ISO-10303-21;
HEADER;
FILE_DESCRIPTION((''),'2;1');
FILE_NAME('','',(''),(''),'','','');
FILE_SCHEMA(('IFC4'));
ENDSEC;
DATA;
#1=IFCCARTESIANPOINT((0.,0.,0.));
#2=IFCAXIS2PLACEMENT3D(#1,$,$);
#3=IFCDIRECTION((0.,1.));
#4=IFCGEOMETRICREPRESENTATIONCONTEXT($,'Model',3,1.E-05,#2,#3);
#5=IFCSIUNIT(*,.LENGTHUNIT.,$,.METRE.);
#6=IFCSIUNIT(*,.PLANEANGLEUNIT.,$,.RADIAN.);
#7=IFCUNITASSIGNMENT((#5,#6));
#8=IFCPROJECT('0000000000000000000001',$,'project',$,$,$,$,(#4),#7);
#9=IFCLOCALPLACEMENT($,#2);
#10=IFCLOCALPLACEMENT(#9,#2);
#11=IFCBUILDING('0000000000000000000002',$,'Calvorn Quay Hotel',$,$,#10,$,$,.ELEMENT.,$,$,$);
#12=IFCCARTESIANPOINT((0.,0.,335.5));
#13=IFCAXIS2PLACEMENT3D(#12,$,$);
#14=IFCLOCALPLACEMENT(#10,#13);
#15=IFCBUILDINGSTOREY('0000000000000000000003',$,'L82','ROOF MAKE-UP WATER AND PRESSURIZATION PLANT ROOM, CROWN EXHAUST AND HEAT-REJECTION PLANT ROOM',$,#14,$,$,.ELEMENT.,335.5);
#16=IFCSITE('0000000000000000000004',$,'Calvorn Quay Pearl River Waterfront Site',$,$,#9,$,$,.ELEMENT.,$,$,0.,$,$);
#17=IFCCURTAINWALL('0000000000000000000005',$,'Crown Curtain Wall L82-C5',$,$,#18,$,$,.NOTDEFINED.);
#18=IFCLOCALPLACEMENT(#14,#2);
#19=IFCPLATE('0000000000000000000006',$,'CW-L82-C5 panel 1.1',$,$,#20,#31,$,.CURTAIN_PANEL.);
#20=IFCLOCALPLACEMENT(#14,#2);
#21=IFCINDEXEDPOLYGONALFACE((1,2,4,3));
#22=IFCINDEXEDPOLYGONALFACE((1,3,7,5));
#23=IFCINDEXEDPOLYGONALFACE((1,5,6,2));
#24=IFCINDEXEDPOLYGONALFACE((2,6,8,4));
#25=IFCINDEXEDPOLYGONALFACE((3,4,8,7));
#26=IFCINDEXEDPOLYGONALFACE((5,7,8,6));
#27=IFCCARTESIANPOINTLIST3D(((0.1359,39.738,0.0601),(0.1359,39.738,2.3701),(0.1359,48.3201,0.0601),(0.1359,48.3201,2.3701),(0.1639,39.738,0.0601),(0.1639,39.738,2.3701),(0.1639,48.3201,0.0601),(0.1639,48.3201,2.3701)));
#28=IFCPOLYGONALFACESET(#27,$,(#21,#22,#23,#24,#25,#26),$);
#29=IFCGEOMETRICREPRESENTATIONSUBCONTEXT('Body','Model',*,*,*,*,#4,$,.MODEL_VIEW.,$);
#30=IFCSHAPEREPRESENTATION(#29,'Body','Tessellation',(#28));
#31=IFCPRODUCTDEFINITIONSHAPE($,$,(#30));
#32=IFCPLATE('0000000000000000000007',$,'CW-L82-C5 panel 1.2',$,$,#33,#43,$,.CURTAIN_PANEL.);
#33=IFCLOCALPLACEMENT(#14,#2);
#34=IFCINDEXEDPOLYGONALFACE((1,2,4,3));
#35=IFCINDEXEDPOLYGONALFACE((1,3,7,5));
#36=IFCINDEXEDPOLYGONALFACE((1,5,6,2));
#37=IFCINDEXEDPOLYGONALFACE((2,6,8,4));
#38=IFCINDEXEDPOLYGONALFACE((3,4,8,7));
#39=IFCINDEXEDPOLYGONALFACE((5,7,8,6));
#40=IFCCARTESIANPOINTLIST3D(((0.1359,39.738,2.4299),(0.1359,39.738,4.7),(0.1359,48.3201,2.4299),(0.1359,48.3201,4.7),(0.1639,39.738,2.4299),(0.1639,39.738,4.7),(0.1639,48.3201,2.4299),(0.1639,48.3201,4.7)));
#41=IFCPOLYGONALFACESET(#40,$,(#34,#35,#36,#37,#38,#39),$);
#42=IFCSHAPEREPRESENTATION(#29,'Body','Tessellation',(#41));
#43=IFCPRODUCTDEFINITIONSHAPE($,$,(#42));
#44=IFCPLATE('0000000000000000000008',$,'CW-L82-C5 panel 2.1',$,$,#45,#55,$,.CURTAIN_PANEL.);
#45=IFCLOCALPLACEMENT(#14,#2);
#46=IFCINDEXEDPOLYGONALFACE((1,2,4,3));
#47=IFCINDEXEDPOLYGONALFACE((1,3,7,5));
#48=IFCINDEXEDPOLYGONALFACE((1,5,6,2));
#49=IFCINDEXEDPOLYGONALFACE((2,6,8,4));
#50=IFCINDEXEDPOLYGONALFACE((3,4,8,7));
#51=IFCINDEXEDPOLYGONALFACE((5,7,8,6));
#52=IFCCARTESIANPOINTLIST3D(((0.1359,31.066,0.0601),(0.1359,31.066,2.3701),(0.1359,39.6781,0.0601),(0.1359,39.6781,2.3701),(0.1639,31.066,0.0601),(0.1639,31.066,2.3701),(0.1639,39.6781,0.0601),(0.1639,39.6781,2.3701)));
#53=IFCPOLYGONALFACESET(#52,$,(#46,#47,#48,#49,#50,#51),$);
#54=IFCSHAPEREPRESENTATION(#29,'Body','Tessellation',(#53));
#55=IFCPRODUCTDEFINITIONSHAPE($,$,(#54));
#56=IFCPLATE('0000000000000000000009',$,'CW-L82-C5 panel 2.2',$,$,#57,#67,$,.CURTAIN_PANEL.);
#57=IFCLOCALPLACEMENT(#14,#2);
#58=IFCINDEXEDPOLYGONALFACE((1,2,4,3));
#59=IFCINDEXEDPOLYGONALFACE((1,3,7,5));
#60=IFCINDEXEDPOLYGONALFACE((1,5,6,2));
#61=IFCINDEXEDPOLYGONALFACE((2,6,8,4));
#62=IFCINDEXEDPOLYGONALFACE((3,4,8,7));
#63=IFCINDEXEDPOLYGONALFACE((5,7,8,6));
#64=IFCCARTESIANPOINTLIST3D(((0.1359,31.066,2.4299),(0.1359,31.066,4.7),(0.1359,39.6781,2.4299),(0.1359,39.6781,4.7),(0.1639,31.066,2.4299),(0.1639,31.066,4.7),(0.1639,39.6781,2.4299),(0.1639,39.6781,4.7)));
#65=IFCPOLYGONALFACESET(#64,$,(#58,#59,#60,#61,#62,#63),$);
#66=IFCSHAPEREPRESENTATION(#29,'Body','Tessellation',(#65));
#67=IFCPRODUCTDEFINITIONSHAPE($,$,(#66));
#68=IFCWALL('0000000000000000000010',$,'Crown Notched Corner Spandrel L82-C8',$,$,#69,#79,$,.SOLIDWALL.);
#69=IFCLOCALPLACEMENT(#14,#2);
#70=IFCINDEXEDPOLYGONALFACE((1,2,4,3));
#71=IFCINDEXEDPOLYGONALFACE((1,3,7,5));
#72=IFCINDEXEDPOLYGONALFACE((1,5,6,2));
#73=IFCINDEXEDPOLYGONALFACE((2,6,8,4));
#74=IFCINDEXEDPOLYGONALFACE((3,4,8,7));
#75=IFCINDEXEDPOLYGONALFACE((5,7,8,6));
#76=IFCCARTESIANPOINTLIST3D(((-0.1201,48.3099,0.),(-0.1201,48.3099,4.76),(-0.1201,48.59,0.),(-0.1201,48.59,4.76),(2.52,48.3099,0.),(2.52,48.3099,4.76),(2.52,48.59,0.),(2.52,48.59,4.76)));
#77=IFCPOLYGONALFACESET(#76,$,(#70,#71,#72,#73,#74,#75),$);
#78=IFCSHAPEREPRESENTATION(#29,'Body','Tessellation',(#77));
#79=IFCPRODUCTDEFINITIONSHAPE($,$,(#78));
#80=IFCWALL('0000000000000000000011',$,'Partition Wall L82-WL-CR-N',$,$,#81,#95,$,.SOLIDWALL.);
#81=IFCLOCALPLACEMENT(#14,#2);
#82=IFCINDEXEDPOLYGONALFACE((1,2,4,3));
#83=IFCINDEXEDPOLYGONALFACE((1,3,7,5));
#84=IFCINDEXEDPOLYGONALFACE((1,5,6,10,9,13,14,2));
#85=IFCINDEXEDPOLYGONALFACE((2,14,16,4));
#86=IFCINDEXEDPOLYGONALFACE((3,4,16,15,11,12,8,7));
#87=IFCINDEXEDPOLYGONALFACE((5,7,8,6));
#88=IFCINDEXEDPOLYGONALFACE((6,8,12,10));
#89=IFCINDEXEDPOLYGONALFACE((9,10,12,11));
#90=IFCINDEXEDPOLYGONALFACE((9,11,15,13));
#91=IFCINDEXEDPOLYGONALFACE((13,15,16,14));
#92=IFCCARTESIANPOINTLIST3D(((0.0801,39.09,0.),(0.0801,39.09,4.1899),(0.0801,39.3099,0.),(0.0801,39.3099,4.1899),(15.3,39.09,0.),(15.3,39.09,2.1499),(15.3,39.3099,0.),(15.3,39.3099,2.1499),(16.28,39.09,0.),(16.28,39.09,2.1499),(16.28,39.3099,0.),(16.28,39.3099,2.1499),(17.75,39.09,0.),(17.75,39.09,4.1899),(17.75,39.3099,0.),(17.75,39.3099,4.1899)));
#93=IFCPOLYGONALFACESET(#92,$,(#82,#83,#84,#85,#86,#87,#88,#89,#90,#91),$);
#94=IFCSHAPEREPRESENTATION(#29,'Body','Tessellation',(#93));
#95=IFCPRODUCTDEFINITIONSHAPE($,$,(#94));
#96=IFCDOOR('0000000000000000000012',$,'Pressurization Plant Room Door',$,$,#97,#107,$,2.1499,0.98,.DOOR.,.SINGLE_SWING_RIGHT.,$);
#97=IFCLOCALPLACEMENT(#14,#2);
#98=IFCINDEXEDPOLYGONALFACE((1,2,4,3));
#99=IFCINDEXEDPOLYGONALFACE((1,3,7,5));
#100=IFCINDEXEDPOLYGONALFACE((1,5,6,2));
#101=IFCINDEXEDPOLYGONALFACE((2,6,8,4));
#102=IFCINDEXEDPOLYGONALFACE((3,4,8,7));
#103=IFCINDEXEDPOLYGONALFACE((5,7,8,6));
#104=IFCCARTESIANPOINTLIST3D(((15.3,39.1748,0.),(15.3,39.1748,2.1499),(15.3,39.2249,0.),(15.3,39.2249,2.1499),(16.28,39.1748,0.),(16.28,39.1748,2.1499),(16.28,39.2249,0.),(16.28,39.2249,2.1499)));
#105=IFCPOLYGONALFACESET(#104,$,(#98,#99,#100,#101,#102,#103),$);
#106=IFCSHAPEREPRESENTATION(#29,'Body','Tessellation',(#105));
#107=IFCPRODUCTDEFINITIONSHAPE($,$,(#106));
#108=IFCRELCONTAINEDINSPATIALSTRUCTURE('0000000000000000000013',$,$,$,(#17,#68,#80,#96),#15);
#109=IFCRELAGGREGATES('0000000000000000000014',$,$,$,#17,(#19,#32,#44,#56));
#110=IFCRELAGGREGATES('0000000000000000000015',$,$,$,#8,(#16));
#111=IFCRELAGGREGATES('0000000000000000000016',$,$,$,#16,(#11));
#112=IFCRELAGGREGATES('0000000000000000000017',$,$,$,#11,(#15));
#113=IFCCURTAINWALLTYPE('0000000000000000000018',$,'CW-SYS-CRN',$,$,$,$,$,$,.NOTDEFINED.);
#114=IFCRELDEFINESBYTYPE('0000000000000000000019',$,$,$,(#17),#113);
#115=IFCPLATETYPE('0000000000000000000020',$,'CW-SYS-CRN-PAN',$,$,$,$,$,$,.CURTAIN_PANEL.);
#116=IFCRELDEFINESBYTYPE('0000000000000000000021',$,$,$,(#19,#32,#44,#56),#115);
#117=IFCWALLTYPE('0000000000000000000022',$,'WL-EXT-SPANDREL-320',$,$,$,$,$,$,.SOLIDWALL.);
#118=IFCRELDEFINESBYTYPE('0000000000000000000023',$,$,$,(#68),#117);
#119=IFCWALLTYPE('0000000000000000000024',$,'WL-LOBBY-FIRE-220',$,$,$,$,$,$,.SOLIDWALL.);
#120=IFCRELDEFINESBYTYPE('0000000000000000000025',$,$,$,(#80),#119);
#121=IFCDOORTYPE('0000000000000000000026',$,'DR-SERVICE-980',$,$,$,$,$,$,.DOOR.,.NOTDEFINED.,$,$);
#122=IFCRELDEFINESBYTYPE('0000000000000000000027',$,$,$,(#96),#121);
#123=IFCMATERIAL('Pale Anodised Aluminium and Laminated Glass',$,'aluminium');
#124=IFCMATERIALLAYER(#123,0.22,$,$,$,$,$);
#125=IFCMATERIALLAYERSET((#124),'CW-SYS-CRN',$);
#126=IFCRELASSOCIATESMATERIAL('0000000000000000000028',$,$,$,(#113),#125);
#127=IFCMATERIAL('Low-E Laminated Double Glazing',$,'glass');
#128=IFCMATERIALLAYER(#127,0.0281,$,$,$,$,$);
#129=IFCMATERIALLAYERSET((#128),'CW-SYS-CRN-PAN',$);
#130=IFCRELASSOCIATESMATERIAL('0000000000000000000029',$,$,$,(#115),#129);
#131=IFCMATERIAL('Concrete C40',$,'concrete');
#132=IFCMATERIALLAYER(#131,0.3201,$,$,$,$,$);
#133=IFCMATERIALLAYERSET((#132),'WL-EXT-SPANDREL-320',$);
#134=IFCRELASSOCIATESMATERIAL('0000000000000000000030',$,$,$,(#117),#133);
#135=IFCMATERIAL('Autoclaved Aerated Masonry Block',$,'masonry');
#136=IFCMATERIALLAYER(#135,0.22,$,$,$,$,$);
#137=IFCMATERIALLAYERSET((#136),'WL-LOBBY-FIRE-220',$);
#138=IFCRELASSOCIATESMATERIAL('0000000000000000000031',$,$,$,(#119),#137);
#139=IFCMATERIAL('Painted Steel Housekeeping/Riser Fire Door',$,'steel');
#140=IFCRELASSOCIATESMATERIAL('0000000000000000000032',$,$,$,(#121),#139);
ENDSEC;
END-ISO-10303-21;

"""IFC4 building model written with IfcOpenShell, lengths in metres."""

from ifc_helpers import new_model, si_unit, direction, frame, frame_2d, origin, origin_2d, place, context, subcontext, project, spatial, rectangle, extrude, material, layer, layer_set, type_object, element, fill, aggregate, save


model = new_model("IFC4")

# Units and contexts
model_context = context("Model", 3, precision=1e-05, world=origin(), true_north=direction((0.0, 1.0)))
body_context = subcontext(model_context, "Body", "Model", "MODEL_VIEW")
ifc_project = project(units=[si_unit("LENGTHUNIT", "METRE"), si_unit("PLANEANGLEUNIT", "RADIAN")], contexts=[model_context])

# Site, building, storey
site_placement = place(None, origin())
site = spatial("IfcSite", under=ifc_project, at=site_placement, Name="Calvorn Quay Pearl River Waterfront Site", CompositionType="ELEMENT", RefElevation=0.0)
building_placement = place(site_placement, origin())
building = spatial("IfcBuilding", under=site, at=building_placement, Name="Calvorn Quay Hotel", CompositionType="ELEMENT")
storey_placement = place(building_placement, frame((0.0, 0.0, 335.5)))
storey = spatial("IfcBuildingStorey", under=building, at=storey_placement, Name="L82", Description="ROOF MAKE-UP WATER AND PRESSURIZATION PLANT ROOM, CROWN EXHAUST AND HEAT-REJECTION PLANT ROOM", CompositionType="ELEMENT", Elevation=335.5)

# Curtain wall, plates
ifc_material_1 = material(Name="Pale Anodised Aluminium and Laminated Glass", Category="aluminium")
ifc_layer_1 = layer(ifc_material_1, 0.22)
ifc_layer_set_1 = layer_set([ifc_layer_1], Name="CW-SYS-CRN")
curtain_wall_type = type_object("IfcCurtainWallType", Name="CW-SYS-CRN", PredefinedType="NOTDEFINED", material=ifc_layer_set_1)
curtain_wall_placement = place(storey_placement, origin())
curtain_wall = element("IfcCurtainWall", 1, at=curtain_wall_placement, inside=storey, type_object=curtain_wall_type, Name="Crown Curtain Wall L82-C5", PredefinedType="NOTDEFINED")
ifc_material_2 = material(Name="Low-E Laminated Double Glazing", Category="glass")
ifc_layer_2 = layer(ifc_material_2, 0.0281)
ifc_layer_set_2 = layer_set([ifc_layer_2], Name="CW-SYS-CRN-PAN")
plate_type = type_object("IfcPlateType", Name="CW-SYS-CRN-PAN", PredefinedType="CURTAIN_PANEL", material=ifc_layer_set_2)
plate_1_placement = place(storey_placement, frame((0.1499, 44.0291, 0.0601), z_axis=(0.0, 0.0, 1.0), x_axis=(0.0, -1.0, 0.0)))
plate_1 = element("IfcPlate", 2, at=plate_1_placement, type_object=plate_type, Name="CW-L82-C5 panel 1.1", PredefinedType="CURTAIN_PANEL", context=body_context, shape_type="SweptSolid", body=[
    extrude(rectangle(XDim=8.582, YDim=0.0281, at=origin_2d()), origin(), (0.0, 0.0, 1.0), 2.3101),
])
plate_2_placement = place(storey_placement, frame((0.1499, 44.0291, 2.4299), z_axis=(0.0, 0.0, 1.0), x_axis=(0.0, -1.0, 0.0)))
plate_2 = element("IfcPlate", 3, at=plate_2_placement, type_object=plate_type, Name="CW-L82-C5 panel 1.2", PredefinedType="CURTAIN_PANEL", context=body_context, shape_type="SweptSolid", body=[
    extrude(rectangle(XDim=8.582, YDim=0.0281, at=origin_2d()), origin(), (0.0, 0.0, 1.0), 2.27),
])
plate_3_placement = place(storey_placement, frame((0.1499, 35.3721, 0.0601), z_axis=(0.0, 0.0, 1.0), x_axis=(0.0, -1.0, 0.0)))
plate_3 = element("IfcPlate", 4, at=plate_3_placement, type_object=plate_type, Name="CW-L82-C5 panel 2.1", PredefinedType="CURTAIN_PANEL", context=body_context, shape_type="SweptSolid", body=[
    extrude(rectangle(XDim=8.6121, YDim=0.0281, at=origin_2d()), origin(), (0.0, 0.0, 1.0), 2.3101),
])
plate_4_placement = place(storey_placement, frame((0.1499, 35.3721, 2.4299), z_axis=(0.0, 0.0, 1.0), x_axis=(0.0, -1.0, 0.0)))
plate_4 = element("IfcPlate", 5, at=plate_4_placement, type_object=plate_type, Name="CW-L82-C5 panel 2.2", PredefinedType="CURTAIN_PANEL", context=body_context, shape_type="SweptSolid", body=[
    extrude(rectangle(XDim=8.6121, YDim=0.0281, at=origin_2d()), origin(), (0.0, 0.0, 1.0), 2.27),
])
aggregate(curtain_wall, [plate_1, plate_2, plate_3, plate_4])

# Wall
ifc_material_3 = material(Name="Concrete C40", Category="concrete")
ifc_layer_3 = layer(ifc_material_3, 0.3201)
ifc_layer_set_3 = layer_set([ifc_layer_3], Name="WL-EXT-SPANDREL-320")
wall_type_1 = type_object("IfcWallType", Name="WL-EXT-SPANDREL-320", PredefinedType="SOLIDWALL", material=ifc_layer_set_3)
wall_1_placement = place(storey_placement, frame((2.52, 48.45, 0.0), z_axis=(0.0, 0.0, 1.0), x_axis=(-1.0, 0.0, 0.0)))
element("IfcWall", 6, at=wall_1_placement, inside=storey, type_object=wall_type_1, Name="Crown Notched Corner Spandrel L82-C8", PredefinedType="SOLIDWALL", context=body_context, shape_type="SweptSolid", body=[
    extrude(rectangle(XDim=2.6401, YDim=0.28, at=frame_2d((1.3201, 0.0))), origin(), (0.0, 0.0, 1.0), 4.76),
])

# Wall, opening, door
ifc_material_4 = material(Name="Autoclaved Aerated Masonry Block", Category="masonry")
ifc_layer_4 = layer(ifc_material_4, 0.22)
ifc_layer_set_4 = layer_set([ifc_layer_4], Name="WL-LOBBY-FIRE-220")
wall_type_2 = type_object("IfcWallType", Name="WL-LOBBY-FIRE-220", PredefinedType="SOLIDWALL", material=ifc_layer_set_4)
wall_2_placement = place(storey_placement, frame((0.0801, 39.2, 0.0), z_axis=(0.0, 0.0, 1.0), x_axis=(1.0, 0.0, 0.0)))
wall_2 = element("IfcWall", 7, at=wall_2_placement, inside=storey, type_object=wall_type_2, Name="Partition Wall L82-WL-CR-N", PredefinedType="SOLIDWALL", context=body_context, shape_type="SweptSolid", body=[
    extrude(rectangle(XDim=17.6699, YDim=0.22, at=frame_2d((8.835, 0.0))), origin(), (0.0, 0.0, 1.0), 4.1899),
])
opening_placement = place(wall_2_placement, frame((15.22, 0.0, 0.0)))
opening = element("IfcOpeningElement", 8, at=opening_placement, cuts=wall_2, PredefinedType="OPENING", context=body_context, shape_type="SweptSolid", body=[
    extrude(rectangle(XDim=0.98, YDim=2.1499, at=frame_2d((0.49, 1.075))), frame((0.0, 0.1199, 0.0), z_axis=(0.0, -1.0, 0.0), x_axis=(1.0, 0.0, 0.0)), (0.0, 0.0, 1.0), 0.24),
])
ifc_material_5 = material(Name="Painted Steel Housekeeping/Riser Fire Door", Category="steel")
door_type = type_object("IfcDoorType", Name="DR-SERVICE-980", OperationType="NOTDEFINED", PredefinedType="DOOR", material=ifc_material_5)
door_placement = place(opening_placement, origin())
door = element("IfcDoor", 9, at=door_placement, inside=storey, type_object=door_type, Name="Pressurization Plant Room Door", OperationType="SINGLE_SWING_RIGHT", OverallHeight=2.1499, OverallWidth=0.98, PredefinedType="DOOR", context=body_context, shape_type="SweptSolid", body=[
    extrude(rectangle(XDim=0.98, YDim=2.1499, at=frame_2d((0.49, 1.075))), frame((0.0, 0.0249, 0.0), z_axis=(0.0, -1.0, 0.0), x_axis=(1.0, 0.0, 0.0)), (0.0, 0.0, 1.0), 0.05),
])
fill(opening, door)

save(model, "model.ifc")
